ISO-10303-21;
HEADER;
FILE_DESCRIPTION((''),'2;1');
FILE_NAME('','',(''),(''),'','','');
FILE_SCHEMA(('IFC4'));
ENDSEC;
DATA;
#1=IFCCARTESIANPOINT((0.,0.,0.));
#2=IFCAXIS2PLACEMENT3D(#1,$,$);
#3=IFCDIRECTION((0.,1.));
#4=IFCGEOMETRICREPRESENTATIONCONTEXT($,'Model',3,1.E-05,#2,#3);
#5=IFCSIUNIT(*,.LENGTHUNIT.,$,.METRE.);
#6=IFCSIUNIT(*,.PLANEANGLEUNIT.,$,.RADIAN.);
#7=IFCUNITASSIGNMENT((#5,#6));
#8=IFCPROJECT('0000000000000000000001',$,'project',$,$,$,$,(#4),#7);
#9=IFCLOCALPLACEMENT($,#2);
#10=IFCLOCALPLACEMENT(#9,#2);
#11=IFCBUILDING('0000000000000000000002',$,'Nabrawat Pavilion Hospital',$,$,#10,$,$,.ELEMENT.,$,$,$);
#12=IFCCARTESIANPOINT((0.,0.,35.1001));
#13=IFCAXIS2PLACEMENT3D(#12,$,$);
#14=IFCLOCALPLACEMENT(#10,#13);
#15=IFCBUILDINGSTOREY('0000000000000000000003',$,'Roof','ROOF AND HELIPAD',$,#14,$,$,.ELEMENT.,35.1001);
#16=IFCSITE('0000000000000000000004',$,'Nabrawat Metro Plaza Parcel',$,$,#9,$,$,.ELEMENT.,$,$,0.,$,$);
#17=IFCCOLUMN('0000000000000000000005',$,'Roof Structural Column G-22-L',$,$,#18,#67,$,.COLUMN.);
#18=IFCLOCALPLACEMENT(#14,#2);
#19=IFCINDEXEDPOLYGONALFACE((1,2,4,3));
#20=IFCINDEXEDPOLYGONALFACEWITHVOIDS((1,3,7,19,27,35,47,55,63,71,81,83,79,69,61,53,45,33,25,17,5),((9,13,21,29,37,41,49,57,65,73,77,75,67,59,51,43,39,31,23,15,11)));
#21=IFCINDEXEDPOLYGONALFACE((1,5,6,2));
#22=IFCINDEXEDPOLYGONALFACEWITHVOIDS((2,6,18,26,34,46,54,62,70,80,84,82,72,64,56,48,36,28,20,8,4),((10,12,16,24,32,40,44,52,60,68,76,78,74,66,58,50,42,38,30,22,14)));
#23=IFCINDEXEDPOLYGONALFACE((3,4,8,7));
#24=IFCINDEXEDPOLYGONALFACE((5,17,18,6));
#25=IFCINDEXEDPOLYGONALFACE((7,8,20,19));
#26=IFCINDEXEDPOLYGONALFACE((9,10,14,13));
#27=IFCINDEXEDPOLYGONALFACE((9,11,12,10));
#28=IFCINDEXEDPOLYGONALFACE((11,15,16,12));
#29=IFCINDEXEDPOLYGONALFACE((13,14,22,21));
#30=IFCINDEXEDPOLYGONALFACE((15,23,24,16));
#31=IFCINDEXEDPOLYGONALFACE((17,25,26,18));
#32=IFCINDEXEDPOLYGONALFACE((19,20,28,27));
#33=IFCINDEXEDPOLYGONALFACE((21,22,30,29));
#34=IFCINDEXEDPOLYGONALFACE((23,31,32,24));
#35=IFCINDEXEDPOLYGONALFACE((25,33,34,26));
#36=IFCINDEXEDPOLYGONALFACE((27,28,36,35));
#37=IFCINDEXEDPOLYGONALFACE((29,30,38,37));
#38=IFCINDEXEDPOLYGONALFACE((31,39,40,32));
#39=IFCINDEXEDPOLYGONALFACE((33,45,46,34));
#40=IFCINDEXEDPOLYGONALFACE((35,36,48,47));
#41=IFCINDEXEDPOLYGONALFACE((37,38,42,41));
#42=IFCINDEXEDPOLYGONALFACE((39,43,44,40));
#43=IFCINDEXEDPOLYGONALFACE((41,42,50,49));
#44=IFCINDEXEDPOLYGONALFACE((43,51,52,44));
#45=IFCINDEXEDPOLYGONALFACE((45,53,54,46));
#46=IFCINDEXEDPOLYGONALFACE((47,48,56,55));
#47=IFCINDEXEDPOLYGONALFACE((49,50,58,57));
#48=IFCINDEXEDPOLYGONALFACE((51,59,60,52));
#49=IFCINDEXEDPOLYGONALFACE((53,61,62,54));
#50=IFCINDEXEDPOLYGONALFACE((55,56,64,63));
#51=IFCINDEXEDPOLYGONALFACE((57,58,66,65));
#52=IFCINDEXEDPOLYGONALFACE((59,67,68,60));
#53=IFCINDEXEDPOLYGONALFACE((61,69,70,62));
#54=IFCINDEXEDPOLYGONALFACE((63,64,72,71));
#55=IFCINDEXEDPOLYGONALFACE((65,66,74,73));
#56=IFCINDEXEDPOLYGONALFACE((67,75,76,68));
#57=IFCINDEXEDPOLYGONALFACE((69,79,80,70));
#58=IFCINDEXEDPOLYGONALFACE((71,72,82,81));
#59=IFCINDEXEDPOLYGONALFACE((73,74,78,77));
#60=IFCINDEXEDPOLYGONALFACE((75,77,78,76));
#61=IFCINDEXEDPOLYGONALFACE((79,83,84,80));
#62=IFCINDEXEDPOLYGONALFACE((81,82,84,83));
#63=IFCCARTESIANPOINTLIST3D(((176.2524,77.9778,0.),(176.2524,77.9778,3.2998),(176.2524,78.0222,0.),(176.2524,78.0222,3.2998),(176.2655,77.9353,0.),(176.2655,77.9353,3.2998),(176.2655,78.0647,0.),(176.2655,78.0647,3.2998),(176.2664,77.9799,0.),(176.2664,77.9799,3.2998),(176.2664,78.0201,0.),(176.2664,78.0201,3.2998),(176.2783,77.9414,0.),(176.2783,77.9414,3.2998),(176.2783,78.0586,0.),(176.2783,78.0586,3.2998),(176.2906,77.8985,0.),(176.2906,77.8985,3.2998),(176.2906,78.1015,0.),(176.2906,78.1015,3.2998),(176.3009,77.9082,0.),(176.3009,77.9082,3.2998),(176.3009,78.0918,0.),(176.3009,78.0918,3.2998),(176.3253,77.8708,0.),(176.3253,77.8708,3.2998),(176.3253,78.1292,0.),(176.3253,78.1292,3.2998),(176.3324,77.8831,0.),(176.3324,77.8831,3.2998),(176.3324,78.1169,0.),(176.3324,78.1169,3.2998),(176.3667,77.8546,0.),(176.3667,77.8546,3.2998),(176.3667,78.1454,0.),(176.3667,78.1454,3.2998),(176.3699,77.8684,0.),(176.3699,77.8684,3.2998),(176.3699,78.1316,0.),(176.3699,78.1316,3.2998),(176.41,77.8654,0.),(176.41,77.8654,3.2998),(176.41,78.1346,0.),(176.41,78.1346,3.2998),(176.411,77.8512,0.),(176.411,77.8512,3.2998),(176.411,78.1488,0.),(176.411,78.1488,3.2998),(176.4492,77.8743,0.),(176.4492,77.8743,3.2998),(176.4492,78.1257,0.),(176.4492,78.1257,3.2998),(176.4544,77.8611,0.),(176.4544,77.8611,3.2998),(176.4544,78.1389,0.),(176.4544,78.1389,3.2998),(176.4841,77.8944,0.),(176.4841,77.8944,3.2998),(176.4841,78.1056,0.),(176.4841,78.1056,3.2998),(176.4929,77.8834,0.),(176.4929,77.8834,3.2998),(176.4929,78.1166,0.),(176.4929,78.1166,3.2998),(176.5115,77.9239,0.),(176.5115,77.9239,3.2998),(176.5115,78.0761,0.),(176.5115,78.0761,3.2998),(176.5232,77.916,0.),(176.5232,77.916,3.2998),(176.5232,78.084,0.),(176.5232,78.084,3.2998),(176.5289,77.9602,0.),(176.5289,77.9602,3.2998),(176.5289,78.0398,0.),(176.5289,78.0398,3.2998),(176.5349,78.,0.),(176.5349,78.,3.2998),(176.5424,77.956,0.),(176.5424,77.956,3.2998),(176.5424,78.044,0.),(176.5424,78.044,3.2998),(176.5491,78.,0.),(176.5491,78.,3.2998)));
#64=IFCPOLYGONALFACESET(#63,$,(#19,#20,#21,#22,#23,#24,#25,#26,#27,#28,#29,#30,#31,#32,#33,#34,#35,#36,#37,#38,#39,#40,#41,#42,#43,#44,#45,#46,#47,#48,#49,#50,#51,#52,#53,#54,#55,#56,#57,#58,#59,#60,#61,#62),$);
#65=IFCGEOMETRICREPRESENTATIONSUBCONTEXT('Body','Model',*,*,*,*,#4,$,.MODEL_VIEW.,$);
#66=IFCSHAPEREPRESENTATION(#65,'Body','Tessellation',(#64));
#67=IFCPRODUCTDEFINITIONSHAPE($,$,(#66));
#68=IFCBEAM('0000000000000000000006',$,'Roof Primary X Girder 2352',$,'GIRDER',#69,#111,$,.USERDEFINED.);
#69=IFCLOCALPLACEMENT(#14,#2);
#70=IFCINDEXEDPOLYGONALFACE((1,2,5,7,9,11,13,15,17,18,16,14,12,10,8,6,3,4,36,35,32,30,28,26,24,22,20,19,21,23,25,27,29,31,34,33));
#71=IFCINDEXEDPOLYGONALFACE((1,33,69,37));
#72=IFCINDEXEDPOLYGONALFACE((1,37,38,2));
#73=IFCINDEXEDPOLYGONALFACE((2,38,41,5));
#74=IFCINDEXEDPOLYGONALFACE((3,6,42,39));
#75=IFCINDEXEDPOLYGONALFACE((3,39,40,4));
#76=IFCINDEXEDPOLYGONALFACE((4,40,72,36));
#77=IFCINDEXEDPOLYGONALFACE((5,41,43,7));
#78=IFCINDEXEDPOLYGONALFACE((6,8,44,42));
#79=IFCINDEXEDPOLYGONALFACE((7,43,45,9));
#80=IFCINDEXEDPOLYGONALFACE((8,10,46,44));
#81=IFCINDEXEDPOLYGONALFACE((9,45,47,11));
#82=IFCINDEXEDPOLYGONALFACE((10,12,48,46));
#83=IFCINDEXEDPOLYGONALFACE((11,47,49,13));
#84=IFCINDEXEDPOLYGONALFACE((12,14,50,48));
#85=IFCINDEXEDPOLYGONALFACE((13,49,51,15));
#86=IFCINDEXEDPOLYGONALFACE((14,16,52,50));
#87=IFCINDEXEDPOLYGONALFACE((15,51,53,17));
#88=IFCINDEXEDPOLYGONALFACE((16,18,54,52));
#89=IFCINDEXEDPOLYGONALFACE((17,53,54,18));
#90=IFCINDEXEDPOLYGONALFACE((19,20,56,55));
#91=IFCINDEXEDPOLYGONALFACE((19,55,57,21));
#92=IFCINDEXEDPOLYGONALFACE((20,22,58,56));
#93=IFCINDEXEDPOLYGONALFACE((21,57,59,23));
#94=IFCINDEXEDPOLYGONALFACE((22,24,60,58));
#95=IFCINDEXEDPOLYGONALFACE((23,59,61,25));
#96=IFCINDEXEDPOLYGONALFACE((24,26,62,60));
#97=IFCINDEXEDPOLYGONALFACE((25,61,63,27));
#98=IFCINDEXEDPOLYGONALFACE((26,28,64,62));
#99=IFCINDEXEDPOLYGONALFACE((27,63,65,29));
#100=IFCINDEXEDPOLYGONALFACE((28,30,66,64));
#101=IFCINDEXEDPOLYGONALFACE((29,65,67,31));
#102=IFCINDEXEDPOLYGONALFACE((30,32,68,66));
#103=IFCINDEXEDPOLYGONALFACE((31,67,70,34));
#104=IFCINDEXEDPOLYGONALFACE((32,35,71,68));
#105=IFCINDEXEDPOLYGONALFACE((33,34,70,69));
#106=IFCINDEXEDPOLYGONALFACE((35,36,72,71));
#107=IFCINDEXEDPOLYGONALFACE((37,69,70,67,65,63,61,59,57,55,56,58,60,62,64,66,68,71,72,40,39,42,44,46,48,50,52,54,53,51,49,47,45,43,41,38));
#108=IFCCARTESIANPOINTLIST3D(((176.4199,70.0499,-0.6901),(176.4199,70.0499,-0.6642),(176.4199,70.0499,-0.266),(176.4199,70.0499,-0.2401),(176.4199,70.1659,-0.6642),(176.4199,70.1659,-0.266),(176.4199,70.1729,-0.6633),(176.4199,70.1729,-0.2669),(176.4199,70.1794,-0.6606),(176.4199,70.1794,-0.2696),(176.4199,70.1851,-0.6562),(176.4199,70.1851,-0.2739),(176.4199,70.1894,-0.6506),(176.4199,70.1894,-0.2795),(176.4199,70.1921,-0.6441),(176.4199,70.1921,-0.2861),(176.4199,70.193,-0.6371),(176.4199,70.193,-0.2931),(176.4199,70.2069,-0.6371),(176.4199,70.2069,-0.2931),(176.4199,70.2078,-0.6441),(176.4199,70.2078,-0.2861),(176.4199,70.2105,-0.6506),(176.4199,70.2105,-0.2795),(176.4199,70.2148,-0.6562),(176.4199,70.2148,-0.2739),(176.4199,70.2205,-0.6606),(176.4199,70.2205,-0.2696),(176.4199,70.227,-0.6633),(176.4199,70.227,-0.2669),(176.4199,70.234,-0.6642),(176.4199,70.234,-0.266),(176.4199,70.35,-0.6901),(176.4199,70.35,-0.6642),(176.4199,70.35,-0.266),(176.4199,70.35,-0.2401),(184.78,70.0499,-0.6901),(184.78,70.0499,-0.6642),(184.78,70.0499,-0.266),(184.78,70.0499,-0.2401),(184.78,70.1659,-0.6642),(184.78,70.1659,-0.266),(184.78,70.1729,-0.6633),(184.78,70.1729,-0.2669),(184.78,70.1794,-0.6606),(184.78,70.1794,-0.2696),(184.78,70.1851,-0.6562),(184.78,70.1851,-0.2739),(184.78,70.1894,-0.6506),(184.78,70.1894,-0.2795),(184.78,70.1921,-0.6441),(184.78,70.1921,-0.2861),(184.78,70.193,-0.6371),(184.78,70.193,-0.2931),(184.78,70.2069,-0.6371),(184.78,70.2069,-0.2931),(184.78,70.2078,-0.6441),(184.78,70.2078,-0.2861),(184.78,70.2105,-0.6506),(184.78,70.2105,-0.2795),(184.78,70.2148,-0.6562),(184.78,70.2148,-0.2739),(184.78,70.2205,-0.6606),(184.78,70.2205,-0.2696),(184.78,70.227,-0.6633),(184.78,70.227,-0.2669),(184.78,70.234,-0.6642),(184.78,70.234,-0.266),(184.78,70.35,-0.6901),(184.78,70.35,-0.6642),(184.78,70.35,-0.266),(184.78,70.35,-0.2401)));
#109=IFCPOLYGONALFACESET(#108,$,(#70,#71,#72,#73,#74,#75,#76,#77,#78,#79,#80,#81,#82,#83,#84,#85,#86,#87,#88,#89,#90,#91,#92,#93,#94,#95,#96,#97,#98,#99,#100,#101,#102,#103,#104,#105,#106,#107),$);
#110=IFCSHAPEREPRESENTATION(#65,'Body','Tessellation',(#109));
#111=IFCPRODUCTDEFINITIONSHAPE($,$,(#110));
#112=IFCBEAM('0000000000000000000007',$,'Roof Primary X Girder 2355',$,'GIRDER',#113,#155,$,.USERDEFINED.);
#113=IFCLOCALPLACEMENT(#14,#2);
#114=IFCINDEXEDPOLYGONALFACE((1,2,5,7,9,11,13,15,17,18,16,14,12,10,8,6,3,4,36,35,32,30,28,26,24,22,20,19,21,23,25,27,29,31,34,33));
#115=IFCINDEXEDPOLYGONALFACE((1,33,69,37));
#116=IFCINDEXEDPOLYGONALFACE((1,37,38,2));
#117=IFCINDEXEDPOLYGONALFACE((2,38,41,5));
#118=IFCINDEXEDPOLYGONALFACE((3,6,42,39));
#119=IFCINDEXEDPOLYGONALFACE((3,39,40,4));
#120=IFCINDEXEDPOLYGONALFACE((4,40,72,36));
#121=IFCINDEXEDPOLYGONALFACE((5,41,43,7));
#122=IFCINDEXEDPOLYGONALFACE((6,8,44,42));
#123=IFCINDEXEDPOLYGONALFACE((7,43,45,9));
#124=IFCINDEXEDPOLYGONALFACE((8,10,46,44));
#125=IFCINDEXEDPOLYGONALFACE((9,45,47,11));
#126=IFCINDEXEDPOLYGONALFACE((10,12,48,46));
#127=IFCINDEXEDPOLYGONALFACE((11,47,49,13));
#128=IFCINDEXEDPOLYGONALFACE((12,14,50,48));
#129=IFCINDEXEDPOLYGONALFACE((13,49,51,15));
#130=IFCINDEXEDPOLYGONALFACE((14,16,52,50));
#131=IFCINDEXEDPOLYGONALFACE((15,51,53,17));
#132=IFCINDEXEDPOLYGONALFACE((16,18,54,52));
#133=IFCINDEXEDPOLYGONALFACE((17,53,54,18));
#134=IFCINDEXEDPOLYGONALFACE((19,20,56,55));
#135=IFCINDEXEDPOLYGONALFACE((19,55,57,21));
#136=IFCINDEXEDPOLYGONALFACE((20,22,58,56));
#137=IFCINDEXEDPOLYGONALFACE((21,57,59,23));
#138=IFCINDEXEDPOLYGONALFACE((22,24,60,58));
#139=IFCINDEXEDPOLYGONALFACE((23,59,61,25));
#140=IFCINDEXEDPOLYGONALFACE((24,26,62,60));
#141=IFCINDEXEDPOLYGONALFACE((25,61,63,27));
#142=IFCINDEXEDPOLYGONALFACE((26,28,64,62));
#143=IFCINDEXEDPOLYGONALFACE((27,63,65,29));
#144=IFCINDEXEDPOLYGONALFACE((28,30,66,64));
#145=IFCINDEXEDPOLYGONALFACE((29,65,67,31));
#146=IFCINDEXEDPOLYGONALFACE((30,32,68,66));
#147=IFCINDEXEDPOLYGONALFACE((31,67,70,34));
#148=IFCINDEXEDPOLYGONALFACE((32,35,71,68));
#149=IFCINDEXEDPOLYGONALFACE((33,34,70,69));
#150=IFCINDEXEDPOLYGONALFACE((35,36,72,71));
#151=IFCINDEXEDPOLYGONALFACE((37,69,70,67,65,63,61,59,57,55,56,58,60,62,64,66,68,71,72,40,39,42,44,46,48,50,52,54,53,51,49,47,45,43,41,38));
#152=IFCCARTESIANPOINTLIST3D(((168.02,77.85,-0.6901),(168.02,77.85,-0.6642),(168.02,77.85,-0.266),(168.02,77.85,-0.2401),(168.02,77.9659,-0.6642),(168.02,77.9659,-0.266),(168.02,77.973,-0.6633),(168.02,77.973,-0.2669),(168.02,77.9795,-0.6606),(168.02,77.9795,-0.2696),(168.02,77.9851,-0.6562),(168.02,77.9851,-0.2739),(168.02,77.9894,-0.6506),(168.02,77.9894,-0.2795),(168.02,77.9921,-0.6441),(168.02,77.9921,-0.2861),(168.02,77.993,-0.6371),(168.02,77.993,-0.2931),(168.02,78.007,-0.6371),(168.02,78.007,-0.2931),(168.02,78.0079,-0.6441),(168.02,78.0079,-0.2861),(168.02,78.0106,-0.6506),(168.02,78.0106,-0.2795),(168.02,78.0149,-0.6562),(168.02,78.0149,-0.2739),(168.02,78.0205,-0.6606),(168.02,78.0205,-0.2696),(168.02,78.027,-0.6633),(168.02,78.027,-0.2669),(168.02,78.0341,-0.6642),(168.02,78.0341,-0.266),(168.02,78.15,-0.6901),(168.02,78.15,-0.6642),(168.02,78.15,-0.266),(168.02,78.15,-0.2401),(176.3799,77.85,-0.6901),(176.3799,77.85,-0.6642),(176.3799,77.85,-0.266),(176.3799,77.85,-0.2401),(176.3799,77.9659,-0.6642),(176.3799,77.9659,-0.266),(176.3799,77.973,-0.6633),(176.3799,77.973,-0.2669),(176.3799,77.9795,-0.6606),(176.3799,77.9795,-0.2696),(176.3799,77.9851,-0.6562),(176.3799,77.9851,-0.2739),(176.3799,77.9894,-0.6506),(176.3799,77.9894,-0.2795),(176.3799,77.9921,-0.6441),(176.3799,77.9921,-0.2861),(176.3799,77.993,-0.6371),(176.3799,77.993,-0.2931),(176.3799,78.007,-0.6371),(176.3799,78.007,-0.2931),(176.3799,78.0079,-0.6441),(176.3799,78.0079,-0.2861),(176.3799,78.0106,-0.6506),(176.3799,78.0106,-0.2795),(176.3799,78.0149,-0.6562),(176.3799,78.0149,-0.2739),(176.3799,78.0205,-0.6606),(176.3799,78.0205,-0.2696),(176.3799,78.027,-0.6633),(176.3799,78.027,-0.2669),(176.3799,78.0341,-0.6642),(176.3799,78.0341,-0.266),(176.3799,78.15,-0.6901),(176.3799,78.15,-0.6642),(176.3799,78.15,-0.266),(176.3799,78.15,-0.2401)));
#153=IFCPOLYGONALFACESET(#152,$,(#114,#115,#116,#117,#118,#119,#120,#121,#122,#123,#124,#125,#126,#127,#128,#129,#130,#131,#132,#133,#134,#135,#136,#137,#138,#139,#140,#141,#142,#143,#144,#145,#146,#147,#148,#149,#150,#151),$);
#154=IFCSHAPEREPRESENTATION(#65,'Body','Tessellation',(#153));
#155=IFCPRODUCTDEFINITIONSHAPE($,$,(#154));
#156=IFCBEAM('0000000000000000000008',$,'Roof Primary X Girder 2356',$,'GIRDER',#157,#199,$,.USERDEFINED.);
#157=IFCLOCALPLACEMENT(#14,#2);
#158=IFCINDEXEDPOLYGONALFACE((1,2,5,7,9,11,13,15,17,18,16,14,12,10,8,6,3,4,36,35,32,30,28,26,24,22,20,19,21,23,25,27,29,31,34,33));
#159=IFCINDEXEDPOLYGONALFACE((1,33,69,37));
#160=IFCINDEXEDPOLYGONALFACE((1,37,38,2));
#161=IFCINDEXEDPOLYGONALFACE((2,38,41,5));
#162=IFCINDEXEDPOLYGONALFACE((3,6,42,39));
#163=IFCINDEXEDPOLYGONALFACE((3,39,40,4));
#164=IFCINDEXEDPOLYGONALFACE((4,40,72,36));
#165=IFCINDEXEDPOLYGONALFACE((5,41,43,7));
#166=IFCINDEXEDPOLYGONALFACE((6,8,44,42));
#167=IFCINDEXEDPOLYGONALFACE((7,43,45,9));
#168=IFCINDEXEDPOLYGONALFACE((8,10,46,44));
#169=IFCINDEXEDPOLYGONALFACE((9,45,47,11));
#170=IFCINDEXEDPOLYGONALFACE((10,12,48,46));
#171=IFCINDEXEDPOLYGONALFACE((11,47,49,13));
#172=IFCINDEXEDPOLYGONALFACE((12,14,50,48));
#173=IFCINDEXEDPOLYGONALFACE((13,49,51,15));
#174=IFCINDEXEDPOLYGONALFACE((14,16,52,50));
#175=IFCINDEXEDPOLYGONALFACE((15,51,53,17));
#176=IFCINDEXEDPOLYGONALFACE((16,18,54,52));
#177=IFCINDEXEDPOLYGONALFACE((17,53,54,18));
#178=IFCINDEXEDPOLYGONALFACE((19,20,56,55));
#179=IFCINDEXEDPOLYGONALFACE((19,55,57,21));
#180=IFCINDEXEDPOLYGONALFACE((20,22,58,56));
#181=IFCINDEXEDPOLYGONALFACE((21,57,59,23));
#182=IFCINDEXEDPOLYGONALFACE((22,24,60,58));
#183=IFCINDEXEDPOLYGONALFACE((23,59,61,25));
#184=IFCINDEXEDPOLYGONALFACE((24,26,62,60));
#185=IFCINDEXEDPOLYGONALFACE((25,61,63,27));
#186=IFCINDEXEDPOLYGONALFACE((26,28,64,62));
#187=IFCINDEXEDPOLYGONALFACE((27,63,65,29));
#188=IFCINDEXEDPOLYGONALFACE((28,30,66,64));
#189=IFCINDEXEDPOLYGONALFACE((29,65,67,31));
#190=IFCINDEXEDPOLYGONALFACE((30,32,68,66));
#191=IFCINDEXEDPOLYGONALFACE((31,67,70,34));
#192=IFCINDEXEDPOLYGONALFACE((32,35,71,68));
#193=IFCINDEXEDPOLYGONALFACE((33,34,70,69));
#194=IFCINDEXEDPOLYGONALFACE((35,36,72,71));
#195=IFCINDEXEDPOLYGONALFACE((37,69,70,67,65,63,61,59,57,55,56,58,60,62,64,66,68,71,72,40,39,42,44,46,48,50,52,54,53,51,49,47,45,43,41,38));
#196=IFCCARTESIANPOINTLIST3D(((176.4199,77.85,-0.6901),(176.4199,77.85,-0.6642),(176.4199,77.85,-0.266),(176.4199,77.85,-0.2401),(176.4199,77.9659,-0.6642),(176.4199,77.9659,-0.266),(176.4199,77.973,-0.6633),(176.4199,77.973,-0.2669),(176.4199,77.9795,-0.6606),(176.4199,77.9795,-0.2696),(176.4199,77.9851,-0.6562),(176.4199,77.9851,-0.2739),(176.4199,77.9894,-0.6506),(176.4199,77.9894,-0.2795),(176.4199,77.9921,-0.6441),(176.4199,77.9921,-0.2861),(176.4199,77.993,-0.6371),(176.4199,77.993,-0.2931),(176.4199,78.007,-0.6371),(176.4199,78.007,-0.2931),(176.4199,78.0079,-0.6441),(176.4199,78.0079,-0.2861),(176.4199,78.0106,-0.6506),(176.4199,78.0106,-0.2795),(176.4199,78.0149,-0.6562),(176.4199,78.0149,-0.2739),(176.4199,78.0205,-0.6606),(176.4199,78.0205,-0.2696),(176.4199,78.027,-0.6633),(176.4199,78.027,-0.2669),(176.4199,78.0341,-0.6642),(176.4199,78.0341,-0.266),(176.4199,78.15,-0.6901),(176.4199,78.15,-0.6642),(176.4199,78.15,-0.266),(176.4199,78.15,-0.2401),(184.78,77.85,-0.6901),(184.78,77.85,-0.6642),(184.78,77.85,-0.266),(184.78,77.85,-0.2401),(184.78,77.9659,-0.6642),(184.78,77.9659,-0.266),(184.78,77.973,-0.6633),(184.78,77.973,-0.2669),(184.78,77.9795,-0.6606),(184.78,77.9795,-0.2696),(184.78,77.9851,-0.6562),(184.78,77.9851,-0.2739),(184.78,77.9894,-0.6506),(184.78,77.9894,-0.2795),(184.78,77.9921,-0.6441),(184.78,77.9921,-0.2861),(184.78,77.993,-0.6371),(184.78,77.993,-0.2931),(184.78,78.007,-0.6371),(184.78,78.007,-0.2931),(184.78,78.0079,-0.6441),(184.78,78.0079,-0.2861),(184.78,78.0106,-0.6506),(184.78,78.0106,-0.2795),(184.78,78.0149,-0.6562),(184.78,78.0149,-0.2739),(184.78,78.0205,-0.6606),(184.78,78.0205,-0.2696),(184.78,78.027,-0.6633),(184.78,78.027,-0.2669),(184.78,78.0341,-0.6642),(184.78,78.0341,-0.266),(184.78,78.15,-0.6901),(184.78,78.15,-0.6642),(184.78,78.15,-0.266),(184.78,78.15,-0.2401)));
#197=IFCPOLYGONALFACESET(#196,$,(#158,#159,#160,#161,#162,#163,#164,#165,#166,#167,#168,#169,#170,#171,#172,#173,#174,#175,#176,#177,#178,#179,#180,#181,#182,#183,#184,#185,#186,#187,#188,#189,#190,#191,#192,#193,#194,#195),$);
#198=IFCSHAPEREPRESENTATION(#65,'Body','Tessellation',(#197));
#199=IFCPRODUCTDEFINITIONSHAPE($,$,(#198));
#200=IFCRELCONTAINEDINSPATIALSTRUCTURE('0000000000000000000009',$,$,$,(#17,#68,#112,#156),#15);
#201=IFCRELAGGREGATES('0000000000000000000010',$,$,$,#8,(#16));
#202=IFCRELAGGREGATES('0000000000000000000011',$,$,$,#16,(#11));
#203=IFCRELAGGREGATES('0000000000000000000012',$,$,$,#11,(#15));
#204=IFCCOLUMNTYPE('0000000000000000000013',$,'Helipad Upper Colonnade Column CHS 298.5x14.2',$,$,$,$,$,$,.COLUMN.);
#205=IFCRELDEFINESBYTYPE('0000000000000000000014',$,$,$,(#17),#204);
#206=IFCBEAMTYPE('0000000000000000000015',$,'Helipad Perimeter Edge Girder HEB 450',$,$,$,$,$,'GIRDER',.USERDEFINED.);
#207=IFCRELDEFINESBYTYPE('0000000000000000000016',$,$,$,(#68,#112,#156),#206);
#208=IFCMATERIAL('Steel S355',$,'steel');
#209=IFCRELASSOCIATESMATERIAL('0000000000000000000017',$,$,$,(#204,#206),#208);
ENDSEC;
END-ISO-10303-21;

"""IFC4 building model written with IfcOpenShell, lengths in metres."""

from ifc_helpers import new_model, si_unit, direction, frame, origin, origin_2d, place, context, subcontext, project, spatial, hollow_circle, i_section, extrude, material, material_profile, profile_set, type_object, element, save


model = new_model("IFC4")

# Units and contexts
model_context = context("Model", 3, precision=1e-05, world=origin(), true_north=direction((0.0, 1.0)))
body_context = subcontext(model_context, "Body", "Model", "MODEL_VIEW")
ifc_project = project(units=[si_unit("LENGTHUNIT", "METRE"), si_unit("PLANEANGLEUNIT", "RADIAN")], contexts=[model_context])

# Site, building, storey
site_placement = place(None, origin())
site = spatial("IfcSite", under=ifc_project, at=site_placement, Name="Nabrawat Metro Plaza Parcel", CompositionType="ELEMENT", RefElevation=0.0)
building_placement = place(site_placement, origin())
building = spatial("IfcBuilding", under=site, at=building_placement, Name="Nabrawat Pavilion Hospital", CompositionType="ELEMENT")
storey_placement = place(building_placement, frame((0.0, 0.0, 35.1001)))
storey = spatial("IfcBuildingStorey", under=building, at=storey_placement, Name="Roof", Description="ROOF AND HELIPAD", CompositionType="ELEMENT", Elevation=35.1001)

# Column
ifc_material_1 = material(Name="Steel S355", Category="steel")
ifc_material_profile_1 = material_profile(ifc_material_1, hollow_circle(Radius=0.1492, WallThickness=0.0142, at=origin_2d()), Name="CHS 298.5x14.2")
ifc_profile_set_1 = profile_set([ifc_material_profile_1], Name="Steel S355")
column_type = type_object("IfcColumnType", Name="Helipad Upper Colonnade Column CHS 298.5x14.2", PredefinedType="COLUMN", material=ifc_profile_set_1)
column_placement = place(storey_placement, frame((176.3999, 78.0, 0.0), z_axis=(0.0, 0.0, 1.0), x_axis=(1.0, 0.0, 0.0)))
element("IfcColumn", 1, at=column_placement, inside=storey, type_object=column_type, Name="Roof Structural Column G-22-L", PredefinedType="COLUMN", context=body_context, shape_type="SweptSolid", body=[
    extrude(hollow_circle(Radius=0.1492, WallThickness=0.0142, at=origin_2d()), origin(), (0.0, 0.0, 1.0), 3.2998),
])

# Beams
ifc_material_profile_2 = material_profile(ifc_material_1, i_section(OverallWidth=0.3, OverallDepth=0.45, WebThickness=0.0139, FlangeThickness=0.0259, FilletRadius=0.0271, at=origin_2d()), Name="HEB 450")
ifc_profile_set_2 = profile_set([ifc_material_profile_2], Name="Steel S355")
beam_type_1 = type_object("IfcBeamType", Name="Helipad Perimeter Edge Girder HEB 450", ElementType="GIRDER", PredefinedType="USERDEFINED", material=ifc_profile_set_2)
beam_1_placement = place(storey_placement, frame((176.4199, 70.2, -0.4651), z_axis=(1.0, 0.0, 0.0), x_axis=(0.0, 1.0, 0.0)))
element("IfcBeam", 2, at=beam_1_placement, inside=storey, type_object=beam_type_1, Name="Roof Primary X Girder 2352", ObjectType="GIRDER", PredefinedType="USERDEFINED", context=body_context, shape_type="SweptSolid", body=[
    extrude(i_section(OverallWidth=0.3, OverallDepth=0.45, WebThickness=0.0139, FlangeThickness=0.0259, FilletRadius=0.0271, at=origin_2d()), origin(), (0.0, 0.0, 1.0), 8.3601),
])
beam_2_placement = place(storey_placement, frame((168.02, 78.0, -0.4651), z_axis=(1.0, 0.0, 0.0), x_axis=(0.0, 1.0, 0.0)))
element("IfcBeam", 3, at=beam_2_placement, inside=storey, type_object=beam_type_1, Name="Roof Primary X Girder 2355", ObjectType="GIRDER", PredefinedType="USERDEFINED", context=body_context, shape_type="SweptSolid", body=[
    extrude(i_section(OverallWidth=0.3, OverallDepth=0.45, WebThickness=0.0139, FlangeThickness=0.0259, FilletRadius=0.0271, at=origin_2d()), origin(), (0.0, 0.0, 1.0), 8.3599),
])
beam_3_placement = place(storey_placement, frame((176.4199, 78.0, -0.4651), z_axis=(1.0, 0.0, 0.0), x_axis=(0.0, 1.0, 0.0)))
element("IfcBeam", 4, at=beam_3_placement, inside=storey, type_object=beam_type_1, Name="Roof Primary X Girder 2356", ObjectType="GIRDER", PredefinedType="USERDEFINED", context=body_context, shape_type="SweptSolid", body=[
    extrude(i_section(OverallWidth=0.3, OverallDepth=0.45, WebThickness=0.0139, FlangeThickness=0.0259, FilletRadius=0.0271, at=origin_2d()), origin(), (0.0, 0.0, 1.0), 8.3601),
])

save(model, "model.ifc")
